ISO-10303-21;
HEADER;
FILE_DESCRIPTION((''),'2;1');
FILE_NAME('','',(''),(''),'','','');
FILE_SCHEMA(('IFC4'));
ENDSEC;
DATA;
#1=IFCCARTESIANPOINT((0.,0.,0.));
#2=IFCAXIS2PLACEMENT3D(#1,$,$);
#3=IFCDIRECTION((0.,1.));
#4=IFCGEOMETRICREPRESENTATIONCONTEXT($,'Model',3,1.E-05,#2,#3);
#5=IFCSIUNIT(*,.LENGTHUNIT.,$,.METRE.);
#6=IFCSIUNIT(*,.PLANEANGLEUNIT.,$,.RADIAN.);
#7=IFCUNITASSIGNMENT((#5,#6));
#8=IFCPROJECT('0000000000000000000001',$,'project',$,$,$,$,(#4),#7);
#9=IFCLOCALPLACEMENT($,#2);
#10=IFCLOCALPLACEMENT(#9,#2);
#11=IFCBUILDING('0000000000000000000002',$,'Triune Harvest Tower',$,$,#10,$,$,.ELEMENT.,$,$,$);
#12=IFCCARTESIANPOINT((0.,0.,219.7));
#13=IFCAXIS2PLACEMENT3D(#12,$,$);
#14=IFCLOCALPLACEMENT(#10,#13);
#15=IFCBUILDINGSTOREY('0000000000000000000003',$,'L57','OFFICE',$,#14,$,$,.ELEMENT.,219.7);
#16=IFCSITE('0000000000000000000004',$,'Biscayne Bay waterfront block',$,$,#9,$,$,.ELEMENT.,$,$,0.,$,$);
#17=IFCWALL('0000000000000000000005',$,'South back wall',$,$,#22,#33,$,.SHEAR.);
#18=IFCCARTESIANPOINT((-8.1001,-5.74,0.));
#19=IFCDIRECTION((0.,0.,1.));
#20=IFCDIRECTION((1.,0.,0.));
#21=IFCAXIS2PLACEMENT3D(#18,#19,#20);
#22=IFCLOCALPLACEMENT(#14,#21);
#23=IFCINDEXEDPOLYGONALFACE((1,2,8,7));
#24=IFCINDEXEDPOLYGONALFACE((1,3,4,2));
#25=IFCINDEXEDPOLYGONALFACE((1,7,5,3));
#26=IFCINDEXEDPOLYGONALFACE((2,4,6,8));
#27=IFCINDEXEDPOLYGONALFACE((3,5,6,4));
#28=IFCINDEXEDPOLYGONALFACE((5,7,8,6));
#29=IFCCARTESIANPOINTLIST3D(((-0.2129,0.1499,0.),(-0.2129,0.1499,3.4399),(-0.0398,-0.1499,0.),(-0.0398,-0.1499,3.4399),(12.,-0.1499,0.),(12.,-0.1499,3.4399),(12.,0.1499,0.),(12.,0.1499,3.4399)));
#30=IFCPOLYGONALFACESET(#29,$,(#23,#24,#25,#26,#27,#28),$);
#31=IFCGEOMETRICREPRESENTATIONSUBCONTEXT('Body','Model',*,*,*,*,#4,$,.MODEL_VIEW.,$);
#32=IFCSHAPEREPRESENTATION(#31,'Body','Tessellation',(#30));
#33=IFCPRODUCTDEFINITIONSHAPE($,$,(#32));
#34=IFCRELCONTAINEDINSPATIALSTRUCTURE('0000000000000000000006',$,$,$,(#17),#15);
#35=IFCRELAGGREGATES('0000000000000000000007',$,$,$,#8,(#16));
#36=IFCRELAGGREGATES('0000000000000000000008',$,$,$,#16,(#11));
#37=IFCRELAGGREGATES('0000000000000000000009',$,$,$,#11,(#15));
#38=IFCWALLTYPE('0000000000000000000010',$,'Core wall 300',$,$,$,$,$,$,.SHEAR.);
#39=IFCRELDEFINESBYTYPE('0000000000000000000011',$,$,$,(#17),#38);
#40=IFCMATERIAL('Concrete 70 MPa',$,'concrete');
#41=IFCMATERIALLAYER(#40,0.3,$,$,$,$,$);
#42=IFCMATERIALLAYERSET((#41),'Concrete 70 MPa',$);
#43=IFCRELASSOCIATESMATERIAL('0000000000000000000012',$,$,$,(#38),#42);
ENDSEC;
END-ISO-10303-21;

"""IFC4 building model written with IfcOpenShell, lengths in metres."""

from ifc_helpers import new_model, si_unit, direction, frame, origin, place, context, subcontext, project, spatial, polyline, outline, extrude, source, transform, mapped, material, layer, layer_set, type_object, element, save


model = new_model("IFC4")

# Units and contexts
model_context = context("Model", 3, precision=1e-05, world=origin(), true_north=direction((0.0, 1.0)))
body_context = subcontext(model_context, "Body", "Model", "MODEL_VIEW")
ifc_project = project(units=[si_unit("LENGTHUNIT", "METRE"), si_unit("PLANEANGLEUNIT", "RADIAN")], contexts=[model_context])

# Site, building, storey
site_placement = place(None, origin())
site = spatial("IfcSite", under=ifc_project, at=site_placement, Name="Biscayne Bay waterfront block", CompositionType="ELEMENT", RefElevation=0.0)
building_placement = place(site_placement, origin())
building = spatial("IfcBuilding", under=site, at=building_placement, Name="Triune Harvest Tower", CompositionType="ELEMENT")
storey_placement = place(building_placement, frame((0.0, 0.0, 219.7)))
storey = spatial("IfcBuildingStorey", under=building, at=storey_placement, Name="L57", Description="OFFICE", CompositionType="ELEMENT", Elevation=219.7)

# Wall
ifc_material_1 = material(Name="Concrete 70 MPa", Category="concrete")
ifc_layer_1 = layer(ifc_material_1, 0.3)
ifc_layer_set_1 = layer_set([ifc_layer_1], Name="Concrete 70 MPa")
wall_type_1 = type_object("IfcWallType", Name="Core wall 300", PredefinedType="SHEAR", material=ifc_layer_set_1)
shared_shape_1 = source(origin(), body_context, "Body", "SweptSolid", [
    extrude(outline(polyline([(12.0, -0.1499), (-0.0398, -0.1499), (-0.2129, 0.1499), (12.0, 0.1499), (12.0, -0.1499)])), origin(), (0.0, 0.0, 1.0), 3.4399),
])
wall_1_placement = place(storey_placement, frame((-8.1001, -5.74, 0.0), z_axis=(0.0, 0.0, 1.0), x_axis=(1.0, 0.0, 0.0)))
element("IfcWall", 1, at=wall_1_placement, inside=storey, type_object=wall_type_1, Name="South back wall", PredefinedType="SHEAR", context=body_context, shape_type="MappedRepresentation", body=[
    mapped(shared_shape_1, transform((0.0, 0.0, 0.0), scale=1.0)),
])

save(model, "model.ifc")
